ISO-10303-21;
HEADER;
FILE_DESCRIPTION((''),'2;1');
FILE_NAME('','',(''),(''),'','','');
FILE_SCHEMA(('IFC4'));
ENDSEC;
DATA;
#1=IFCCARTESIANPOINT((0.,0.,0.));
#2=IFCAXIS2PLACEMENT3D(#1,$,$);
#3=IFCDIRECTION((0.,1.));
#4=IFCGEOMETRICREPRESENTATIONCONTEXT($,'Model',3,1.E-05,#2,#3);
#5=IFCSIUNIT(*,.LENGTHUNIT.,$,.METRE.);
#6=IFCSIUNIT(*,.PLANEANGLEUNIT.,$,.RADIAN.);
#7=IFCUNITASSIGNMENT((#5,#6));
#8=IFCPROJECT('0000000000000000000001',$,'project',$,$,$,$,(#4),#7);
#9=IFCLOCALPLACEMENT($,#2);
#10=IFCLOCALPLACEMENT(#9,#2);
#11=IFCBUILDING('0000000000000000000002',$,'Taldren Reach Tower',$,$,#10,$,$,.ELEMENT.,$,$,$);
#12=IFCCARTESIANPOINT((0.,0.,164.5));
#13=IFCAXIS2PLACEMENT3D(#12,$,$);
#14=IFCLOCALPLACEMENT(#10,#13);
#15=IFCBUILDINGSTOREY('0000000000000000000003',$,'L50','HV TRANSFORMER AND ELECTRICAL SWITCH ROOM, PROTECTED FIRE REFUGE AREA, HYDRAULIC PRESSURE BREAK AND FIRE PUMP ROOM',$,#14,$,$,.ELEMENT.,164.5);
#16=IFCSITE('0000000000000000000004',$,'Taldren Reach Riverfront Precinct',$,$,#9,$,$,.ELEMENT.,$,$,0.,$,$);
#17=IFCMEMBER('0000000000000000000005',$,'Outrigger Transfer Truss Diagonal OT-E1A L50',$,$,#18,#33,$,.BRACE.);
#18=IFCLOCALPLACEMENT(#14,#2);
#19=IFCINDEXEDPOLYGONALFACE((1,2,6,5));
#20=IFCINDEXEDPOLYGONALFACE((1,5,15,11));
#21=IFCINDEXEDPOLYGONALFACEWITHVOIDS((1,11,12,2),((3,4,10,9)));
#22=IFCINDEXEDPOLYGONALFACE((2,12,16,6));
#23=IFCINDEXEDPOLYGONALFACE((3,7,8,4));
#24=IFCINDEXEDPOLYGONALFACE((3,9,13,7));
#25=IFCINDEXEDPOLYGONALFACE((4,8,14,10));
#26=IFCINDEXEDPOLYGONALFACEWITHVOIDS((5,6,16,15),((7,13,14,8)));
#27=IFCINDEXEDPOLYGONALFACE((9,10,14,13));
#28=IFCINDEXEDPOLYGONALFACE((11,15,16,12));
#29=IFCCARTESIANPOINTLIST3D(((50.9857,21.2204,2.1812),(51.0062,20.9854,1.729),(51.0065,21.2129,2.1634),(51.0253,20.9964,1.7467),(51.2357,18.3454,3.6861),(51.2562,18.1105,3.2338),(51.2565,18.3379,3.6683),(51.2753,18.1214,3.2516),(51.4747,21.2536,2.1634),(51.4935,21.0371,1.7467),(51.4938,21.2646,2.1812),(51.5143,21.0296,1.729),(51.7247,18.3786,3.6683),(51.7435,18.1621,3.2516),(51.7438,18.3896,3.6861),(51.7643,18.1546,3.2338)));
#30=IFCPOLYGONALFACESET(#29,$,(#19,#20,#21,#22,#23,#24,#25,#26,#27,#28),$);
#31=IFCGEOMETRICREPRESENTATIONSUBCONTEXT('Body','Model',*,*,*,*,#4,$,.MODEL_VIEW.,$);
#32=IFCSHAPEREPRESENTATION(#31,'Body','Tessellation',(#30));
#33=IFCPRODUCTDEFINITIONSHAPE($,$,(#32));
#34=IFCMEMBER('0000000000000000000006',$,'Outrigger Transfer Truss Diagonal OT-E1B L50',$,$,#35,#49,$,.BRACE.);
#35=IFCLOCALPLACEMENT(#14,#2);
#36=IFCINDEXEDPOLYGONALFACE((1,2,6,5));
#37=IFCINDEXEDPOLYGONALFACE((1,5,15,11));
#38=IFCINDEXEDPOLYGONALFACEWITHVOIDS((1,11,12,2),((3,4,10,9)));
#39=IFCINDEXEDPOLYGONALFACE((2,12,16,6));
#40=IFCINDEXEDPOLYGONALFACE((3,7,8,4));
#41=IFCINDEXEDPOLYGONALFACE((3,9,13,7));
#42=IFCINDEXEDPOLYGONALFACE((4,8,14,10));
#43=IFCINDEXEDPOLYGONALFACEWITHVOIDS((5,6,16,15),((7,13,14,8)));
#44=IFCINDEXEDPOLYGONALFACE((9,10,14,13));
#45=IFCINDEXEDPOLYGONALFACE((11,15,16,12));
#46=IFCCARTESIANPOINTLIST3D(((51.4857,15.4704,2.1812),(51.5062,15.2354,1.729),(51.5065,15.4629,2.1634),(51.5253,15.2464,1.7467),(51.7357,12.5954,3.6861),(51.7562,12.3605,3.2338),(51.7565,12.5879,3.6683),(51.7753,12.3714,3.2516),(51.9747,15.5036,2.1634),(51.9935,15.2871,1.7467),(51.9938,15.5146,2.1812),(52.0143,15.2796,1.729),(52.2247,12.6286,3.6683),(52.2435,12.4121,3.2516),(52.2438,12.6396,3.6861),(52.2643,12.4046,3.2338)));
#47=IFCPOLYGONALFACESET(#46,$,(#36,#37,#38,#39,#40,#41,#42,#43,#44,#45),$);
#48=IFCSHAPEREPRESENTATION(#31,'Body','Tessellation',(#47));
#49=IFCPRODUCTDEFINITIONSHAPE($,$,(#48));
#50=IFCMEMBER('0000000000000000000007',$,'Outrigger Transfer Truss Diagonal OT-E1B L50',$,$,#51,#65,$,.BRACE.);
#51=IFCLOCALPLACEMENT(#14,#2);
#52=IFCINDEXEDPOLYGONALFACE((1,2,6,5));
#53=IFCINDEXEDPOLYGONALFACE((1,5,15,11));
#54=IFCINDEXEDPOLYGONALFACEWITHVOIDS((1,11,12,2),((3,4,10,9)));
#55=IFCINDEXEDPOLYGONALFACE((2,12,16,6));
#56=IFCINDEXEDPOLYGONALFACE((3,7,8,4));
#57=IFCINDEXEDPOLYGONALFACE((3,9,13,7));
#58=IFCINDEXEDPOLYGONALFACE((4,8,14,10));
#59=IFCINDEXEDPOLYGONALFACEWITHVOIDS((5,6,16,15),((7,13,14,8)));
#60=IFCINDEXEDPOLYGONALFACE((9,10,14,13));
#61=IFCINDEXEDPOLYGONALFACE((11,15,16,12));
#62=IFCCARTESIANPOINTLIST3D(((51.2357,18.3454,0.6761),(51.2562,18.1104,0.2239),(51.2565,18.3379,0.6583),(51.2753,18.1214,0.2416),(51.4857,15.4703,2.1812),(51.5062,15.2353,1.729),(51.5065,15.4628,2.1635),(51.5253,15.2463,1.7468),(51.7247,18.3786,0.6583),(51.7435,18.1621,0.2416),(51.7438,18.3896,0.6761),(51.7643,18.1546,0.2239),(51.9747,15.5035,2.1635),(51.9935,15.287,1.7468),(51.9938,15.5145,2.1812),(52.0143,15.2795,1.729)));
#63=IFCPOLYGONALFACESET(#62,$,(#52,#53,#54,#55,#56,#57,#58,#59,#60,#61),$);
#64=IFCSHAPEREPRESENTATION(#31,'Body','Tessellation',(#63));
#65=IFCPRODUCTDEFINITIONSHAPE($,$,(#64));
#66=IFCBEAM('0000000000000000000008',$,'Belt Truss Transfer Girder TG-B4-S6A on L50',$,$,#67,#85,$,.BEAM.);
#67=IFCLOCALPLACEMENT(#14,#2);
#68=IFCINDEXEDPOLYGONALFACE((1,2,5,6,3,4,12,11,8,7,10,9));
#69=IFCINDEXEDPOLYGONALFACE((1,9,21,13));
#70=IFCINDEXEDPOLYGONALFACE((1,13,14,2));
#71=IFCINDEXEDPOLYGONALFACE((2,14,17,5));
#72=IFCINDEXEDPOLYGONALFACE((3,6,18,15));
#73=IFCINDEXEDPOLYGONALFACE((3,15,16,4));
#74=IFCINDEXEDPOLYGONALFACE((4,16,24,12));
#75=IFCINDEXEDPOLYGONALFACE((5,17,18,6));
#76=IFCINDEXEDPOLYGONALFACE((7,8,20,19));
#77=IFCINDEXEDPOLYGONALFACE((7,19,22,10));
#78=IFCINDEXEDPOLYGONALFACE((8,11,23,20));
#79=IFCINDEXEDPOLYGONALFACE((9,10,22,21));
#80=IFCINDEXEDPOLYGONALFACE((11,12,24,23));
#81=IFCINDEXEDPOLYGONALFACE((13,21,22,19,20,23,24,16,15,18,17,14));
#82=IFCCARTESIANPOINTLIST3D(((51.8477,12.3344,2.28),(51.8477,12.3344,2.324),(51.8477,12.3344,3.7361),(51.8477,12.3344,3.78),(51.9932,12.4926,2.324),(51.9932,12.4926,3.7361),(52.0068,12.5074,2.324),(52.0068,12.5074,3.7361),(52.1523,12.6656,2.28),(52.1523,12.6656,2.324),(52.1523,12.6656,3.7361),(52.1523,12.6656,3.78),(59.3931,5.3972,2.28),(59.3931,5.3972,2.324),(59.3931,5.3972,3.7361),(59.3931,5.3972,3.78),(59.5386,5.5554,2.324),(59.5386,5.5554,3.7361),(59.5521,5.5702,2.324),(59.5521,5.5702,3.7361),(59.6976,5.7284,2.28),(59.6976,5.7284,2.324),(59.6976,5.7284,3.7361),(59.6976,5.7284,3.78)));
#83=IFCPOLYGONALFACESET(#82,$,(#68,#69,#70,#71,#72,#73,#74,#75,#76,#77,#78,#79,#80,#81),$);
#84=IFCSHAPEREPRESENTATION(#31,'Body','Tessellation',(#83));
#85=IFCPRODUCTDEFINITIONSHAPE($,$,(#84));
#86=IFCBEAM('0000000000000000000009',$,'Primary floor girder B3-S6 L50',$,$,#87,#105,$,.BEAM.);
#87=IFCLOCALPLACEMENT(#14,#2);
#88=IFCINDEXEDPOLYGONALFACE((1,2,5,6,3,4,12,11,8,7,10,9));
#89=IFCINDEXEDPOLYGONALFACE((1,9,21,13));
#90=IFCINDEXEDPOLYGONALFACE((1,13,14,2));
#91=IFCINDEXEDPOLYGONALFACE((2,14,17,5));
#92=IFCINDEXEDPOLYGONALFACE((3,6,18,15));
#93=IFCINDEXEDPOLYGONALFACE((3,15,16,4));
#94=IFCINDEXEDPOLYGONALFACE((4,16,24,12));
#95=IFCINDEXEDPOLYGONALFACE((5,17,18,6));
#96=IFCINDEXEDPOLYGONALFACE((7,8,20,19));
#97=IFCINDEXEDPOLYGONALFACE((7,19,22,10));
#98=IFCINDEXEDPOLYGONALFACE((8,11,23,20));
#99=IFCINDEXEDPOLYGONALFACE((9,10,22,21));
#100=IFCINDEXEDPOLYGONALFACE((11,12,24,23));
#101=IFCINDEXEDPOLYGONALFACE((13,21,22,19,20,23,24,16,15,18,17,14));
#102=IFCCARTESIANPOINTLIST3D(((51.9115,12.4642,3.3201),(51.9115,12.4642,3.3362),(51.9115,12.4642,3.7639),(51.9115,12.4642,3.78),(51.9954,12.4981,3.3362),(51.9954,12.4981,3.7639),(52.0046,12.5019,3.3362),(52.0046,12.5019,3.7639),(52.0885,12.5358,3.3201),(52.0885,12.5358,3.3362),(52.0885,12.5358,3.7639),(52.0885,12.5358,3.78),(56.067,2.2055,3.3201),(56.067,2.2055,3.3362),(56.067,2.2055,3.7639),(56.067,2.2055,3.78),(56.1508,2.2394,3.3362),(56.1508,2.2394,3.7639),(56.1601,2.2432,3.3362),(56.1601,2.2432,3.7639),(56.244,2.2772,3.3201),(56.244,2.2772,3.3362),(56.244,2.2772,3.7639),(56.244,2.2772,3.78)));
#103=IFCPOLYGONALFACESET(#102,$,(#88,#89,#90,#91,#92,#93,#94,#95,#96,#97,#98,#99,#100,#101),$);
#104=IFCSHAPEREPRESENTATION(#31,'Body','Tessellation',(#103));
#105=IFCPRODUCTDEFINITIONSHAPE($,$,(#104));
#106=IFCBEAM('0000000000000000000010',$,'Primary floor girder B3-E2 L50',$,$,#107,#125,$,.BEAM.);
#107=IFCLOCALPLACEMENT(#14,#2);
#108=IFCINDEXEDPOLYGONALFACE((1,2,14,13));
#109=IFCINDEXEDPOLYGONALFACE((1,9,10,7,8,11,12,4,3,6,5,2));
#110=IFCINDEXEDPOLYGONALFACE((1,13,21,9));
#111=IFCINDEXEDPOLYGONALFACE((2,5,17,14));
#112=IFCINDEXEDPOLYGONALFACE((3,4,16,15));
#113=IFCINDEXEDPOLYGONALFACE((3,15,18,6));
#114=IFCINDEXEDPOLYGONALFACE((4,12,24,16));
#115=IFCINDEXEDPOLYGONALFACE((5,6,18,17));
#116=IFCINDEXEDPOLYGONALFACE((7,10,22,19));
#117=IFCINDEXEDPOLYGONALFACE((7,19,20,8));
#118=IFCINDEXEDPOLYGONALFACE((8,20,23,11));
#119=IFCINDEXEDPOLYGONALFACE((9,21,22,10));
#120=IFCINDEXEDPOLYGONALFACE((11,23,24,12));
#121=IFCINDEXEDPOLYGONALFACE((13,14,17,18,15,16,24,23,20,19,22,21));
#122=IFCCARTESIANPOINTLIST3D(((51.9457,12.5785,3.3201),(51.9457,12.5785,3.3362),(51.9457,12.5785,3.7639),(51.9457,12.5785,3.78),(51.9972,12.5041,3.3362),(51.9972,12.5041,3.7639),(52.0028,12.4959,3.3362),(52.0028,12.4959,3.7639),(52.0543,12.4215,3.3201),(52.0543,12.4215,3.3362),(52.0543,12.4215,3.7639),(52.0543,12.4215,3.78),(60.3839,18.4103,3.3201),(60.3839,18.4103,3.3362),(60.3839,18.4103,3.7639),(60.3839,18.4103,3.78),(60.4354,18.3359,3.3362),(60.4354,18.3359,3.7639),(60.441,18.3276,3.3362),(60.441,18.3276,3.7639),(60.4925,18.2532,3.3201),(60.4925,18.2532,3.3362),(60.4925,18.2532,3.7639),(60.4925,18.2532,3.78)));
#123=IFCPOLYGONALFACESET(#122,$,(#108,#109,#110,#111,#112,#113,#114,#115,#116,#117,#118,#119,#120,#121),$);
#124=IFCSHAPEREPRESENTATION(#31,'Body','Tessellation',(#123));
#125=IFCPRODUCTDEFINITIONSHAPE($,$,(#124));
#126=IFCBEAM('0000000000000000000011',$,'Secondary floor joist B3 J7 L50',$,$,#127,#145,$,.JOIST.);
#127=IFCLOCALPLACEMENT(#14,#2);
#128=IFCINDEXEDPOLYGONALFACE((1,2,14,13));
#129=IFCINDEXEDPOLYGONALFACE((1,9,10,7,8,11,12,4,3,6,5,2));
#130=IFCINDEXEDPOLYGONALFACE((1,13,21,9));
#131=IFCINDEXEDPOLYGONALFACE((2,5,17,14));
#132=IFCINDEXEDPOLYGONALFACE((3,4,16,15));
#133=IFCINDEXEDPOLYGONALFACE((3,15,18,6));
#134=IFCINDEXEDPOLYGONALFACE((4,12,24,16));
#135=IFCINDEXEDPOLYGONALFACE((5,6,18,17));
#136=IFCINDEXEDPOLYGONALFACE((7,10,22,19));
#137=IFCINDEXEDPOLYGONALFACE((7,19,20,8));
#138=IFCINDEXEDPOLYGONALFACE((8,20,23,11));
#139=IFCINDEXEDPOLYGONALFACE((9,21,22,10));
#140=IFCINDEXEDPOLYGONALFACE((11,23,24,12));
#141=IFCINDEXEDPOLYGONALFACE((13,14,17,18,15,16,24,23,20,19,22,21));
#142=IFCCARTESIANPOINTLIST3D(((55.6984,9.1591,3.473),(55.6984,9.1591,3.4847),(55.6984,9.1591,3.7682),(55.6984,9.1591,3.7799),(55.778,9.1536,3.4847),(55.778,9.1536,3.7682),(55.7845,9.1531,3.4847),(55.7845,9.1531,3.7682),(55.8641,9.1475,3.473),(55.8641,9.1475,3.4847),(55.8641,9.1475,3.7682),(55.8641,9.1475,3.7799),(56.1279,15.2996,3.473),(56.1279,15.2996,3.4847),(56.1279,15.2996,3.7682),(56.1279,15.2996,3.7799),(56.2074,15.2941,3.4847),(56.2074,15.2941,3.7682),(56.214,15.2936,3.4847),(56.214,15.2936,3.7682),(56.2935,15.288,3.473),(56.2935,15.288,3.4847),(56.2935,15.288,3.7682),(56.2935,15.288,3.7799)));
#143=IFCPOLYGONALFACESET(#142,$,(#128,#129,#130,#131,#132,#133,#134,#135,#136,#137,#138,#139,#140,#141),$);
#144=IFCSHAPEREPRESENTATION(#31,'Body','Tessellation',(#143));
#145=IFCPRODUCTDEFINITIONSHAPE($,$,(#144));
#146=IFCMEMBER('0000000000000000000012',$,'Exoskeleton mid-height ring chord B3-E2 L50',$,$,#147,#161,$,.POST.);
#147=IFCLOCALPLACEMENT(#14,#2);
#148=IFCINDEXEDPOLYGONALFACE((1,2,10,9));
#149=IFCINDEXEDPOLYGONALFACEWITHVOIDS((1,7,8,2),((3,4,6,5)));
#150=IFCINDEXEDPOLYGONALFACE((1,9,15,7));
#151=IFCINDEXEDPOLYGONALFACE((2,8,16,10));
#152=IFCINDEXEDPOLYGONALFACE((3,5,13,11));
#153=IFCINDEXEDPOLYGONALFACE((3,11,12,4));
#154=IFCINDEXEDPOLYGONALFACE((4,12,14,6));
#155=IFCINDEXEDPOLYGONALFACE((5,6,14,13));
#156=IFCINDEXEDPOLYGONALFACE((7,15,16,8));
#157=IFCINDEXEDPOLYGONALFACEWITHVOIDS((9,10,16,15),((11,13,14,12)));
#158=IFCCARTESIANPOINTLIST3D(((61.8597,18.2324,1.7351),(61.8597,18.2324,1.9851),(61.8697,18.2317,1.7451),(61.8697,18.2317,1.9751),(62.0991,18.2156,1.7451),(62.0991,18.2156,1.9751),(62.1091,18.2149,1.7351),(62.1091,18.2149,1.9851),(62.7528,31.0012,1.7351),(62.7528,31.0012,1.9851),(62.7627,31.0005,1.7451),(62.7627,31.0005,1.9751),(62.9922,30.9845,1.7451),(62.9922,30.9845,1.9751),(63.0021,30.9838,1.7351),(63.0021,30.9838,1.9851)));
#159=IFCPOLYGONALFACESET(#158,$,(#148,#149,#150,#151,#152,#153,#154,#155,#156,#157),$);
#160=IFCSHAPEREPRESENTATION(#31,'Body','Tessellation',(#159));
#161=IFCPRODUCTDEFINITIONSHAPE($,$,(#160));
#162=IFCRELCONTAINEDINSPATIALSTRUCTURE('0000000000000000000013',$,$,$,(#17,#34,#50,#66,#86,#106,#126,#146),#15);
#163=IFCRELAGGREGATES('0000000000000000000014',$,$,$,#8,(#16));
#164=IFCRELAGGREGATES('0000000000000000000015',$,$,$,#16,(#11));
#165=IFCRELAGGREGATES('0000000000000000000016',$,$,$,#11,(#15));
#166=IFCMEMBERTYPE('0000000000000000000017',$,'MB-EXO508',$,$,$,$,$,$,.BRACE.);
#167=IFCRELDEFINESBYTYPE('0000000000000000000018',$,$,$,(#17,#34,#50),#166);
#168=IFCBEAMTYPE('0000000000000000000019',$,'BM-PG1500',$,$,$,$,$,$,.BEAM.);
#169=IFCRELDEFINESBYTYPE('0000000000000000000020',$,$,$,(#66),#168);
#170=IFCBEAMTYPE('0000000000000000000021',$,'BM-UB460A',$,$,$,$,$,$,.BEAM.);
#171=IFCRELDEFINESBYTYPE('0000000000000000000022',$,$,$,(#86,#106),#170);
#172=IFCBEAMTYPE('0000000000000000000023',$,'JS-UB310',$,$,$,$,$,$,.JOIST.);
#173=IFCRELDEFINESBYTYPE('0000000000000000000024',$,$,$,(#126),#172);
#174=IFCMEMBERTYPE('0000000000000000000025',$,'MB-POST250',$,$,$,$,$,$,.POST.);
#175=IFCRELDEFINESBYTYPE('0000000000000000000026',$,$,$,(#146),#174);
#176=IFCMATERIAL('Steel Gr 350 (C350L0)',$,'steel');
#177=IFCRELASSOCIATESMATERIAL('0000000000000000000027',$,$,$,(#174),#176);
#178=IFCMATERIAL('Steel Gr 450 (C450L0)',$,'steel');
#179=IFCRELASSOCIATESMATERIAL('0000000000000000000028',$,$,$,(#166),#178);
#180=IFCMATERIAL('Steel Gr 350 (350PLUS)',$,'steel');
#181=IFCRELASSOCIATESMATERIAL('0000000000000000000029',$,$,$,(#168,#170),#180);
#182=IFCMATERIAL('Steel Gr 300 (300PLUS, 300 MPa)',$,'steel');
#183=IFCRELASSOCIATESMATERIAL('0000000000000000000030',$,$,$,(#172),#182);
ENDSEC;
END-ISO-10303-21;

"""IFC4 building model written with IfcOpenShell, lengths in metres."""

from ifc_helpers import new_model, si_unit, direction, frame, origin, origin_2d, place, context, subcontext, project, spatial, hollow_rectangle, i_section, extrude, source, transform, mapped, material, material_profile, profile_set, type_object, element, save


model = new_model("IFC4")

# Units and contexts
model_context = context("Model", 3, precision=1e-05, world=origin(), true_north=direction((0.0, 1.0)))
body_context = subcontext(model_context, "Body", "Model", "MODEL_VIEW")
ifc_project = project(units=[si_unit("LENGTHUNIT", "METRE"), si_unit("PLANEANGLEUNIT", "RADIAN")], contexts=[model_context])

# Site, building, storey
site_placement = place(None, origin())
site = spatial("IfcSite", under=ifc_project, at=site_placement, Name="Taldren Reach Riverfront Precinct", CompositionType="ELEMENT", RefElevation=0.0)
building_placement = place(site_placement, origin())
building = spatial("IfcBuilding", under=site, at=building_placement, Name="Taldren Reach Tower", CompositionType="ELEMENT")
storey_placement = place(building_placement, frame((0.0, 0.0, 164.5)))
storey = spatial("IfcBuildingStorey", under=building, at=storey_placement, Name="L50", Description="HV TRANSFORMER AND ELECTRICAL SWITCH ROOM, PROTECTED FIRE REFUGE AREA, HYDRAULIC PRESSURE BREAK AND FIRE PUMP ROOM", CompositionType="ELEMENT", Elevation=164.5)

# Shared definitions
ifc_material_1 = material(Name="Steel Gr 350 (350PLUS)", Category="steel")

# Members
ifc_material_2 = material(Name="Steel Gr 450 (C450L0)", Category="steel")
ifc_material_3 = material(Name="Steel Gr 350 (C350L0)", Category="steel")
ifc_material_profile_1 = material_profile(ifc_material_3, hollow_rectangle(XDim=0.25, YDim=0.25, WallThickness=0.01, at=origin_2d()), Name="250x250x10.0SHS")
ifc_profile_set_1 = profile_set([ifc_material_profile_1], Name="Steel Gr 350 (C350L0)")
member_type_1 = type_object("IfcMemberType", Name="MB-POST250", PredefinedType="POST", material=ifc_profile_set_1)
ifc_material_profile_2 = material_profile(ifc_material_2, hollow_rectangle(XDim=0.51, YDim=0.51, WallThickness=0.02, at=origin_2d()), Name="510x510x20.0SHS")
ifc_profile_set_2 = profile_set([ifc_material_profile_2], Name="Steel Gr 450 (C450L0)")
member_type_2 = type_object("IfcMemberType", Name="MB-EXO508", PredefinedType="BRACE", material=ifc_profile_set_2)
shared_shape_1 = source(origin(), body_context, "Body", "SweptSolid", [
    extrude(hollow_rectangle(XDim=0.51, YDim=0.51, WallThickness=0.02, at=origin_2d()), origin(), (0.0, 0.0, 1.0), 3.2546),
])
for number, where, z_axis, x_axis, name in (
    (1, (51.25, 21.125, 1.9551), (0.076813, -0.883349, 0.462378), (0.996241, 0.08663, 0.0), "Outrigger Transfer Truss Diagonal OT-E1A L50"),
    (2, (51.75, 15.375, 1.9551), (0.076813, -0.883349, 0.462378), (0.996241, 0.08663, 0.0), "Outrigger Transfer Truss Diagonal OT-E1B L50"),
):
    element("IfcMember", number, at=place(storey_placement, frame(where, z_axis=z_axis, x_axis=x_axis)), inside=storey, type_object=member_type_2, Name=name, PredefinedType="BRACE", context=body_context, shape_type="MappedRepresentation", body=[
        mapped(shared_shape_1, transform((0.0, 0.0, 0.0), scale=1.0)),
    ])
shared_shape_2 = source(origin(), body_context, "Body", "SweptSolid", [
    extrude(hollow_rectangle(XDim=0.51, YDim=0.51, WallThickness=0.02, at=origin_2d()), origin(), (0.0, 0.0, 1.0), 3.2549),
])
member_1_placement = place(storey_placement, frame((51.5, 18.25, 0.45), z_axis=(0.07681, -0.883319, 0.462437), x_axis=(0.996241, 0.08663, 0.0)))
element("IfcMember", 3, at=member_1_placement, inside=storey, type_object=member_type_2, Name="Outrigger Transfer Truss Diagonal OT-E1B L50", PredefinedType="BRACE", context=body_context, shape_type="MappedRepresentation", body=[
    mapped(shared_shape_2, transform((0.0, 0.0, 0.0), scale=1.0)),
])

# Beams
ifc_material_profile_3 = material_profile(ifc_material_1, i_section(OverallWidth=0.45, OverallDepth=1.5, WebThickness=0.02, FlangeThickness=0.0439, at=origin_2d()), Name="1500WB550")
ifc_profile_set_3 = profile_set([ifc_material_profile_3], Name="Steel Gr 350 (350PLUS)")
beam_type_1 = type_object("IfcBeamType", Name="BM-PG1500", PredefinedType="BEAM", material=ifc_profile_set_3)
shared_shape_3 = source(origin(), body_context, "Body", "SweptSolid", [
    extrude(i_section(OverallWidth=0.45, OverallDepth=1.5, WebThickness=0.02, FlangeThickness=0.0439, at=origin_2d()), origin(), (0.0, 0.0, 1.0), 10.2498),
])
beam_1_placement = place(storey_placement, frame((52.0, 12.5, 3.03), z_axis=(0.736151, -0.676818, 0.0), x_axis=(0.676818, 0.736151, 0.0)))
element("IfcBeam", 4, at=beam_1_placement, inside=storey, type_object=beam_type_1, Name="Belt Truss Transfer Girder TG-B4-S6A on L50", PredefinedType="BEAM", context=body_context, shape_type="MappedRepresentation", body=[
    mapped(shared_shape_3, transform((0.0, 0.0, 0.0), scale=1.0)),
])
ifc_material_profile_4 = material_profile(ifc_material_1, i_section(OverallWidth=0.1909, OverallDepth=0.46, WebThickness=0.01, FlangeThickness=0.0161, at=origin_2d()), Name="460UB82.1")
ifc_profile_set_4 = profile_set([ifc_material_profile_4], Name="Steel Gr 350 (350PLUS)")
beam_type_2 = type_object("IfcBeamType", Name="BM-UB460A", PredefinedType="BEAM", material=ifc_profile_set_4)
shared_shape_4 = source(origin(), body_context, "Body", "SweptSolid", [
    extrude(i_section(OverallWidth=0.1909, OverallDepth=0.46, WebThickness=0.01, FlangeThickness=0.0161, at=origin_2d()), origin(), (0.0, 0.0, 1.0), 11.0684),
])
beam_2_placement = place(storey_placement, frame((52.0, 12.5, 3.55), z_axis=(0.375437, -0.926848, 0.0), x_axis=(0.926848, 0.375437, 0.0)))
element("IfcBeam", 5, at=beam_2_placement, inside=storey, type_object=beam_type_2, Name="Primary floor girder B3-S6 L50", PredefinedType="BEAM", context=body_context, shape_type="MappedRepresentation", body=[
    mapped(shared_shape_4, transform((0.0, 0.0, 0.0), scale=1.0)),
])
shared_shape_5 = source(origin(), body_context, "Body", "SweptSolid", [
    extrude(i_section(OverallWidth=0.1909, OverallDepth=0.46, WebThickness=0.01, FlangeThickness=0.0161, at=origin_2d()), origin(), (0.0, 0.0, 1.0), 10.2573),
])
beam_3_placement = place(storey_placement, frame((52.0, 12.5, 3.55), z_axis=(0.822651, 0.568546, 0.0), x_axis=(-0.568546, 0.822651, 0.0)))
element("IfcBeam", 6, at=beam_3_placement, inside=storey, type_object=beam_type_2, Name="Primary floor girder B3-E2 L50", PredefinedType="BEAM", context=body_context, shape_type="MappedRepresentation", body=[
    mapped(shared_shape_5, transform((0.0, 0.0, 0.0), scale=1.0)),
])
ifc_material_4 = material(Name="Steel Gr 300 (300PLUS, 300 MPa)", Category="steel")
ifc_material_profile_5 = material_profile(ifc_material_4, i_section(OverallWidth=0.166, OverallDepth=0.3069, WebThickness=0.0066, FlangeThickness=0.0117, at=origin_2d()), Name="310UB46.2")
ifc_profile_set_5 = profile_set([ifc_material_profile_5], Name="Steel Gr 300 (300PLUS, 300 MPa)")
beam_type_3 = type_object("IfcBeamType", Name="JS-UB310", PredefinedType="JOIST", material=ifc_profile_set_5)
shared_shape_6 = source(origin(), body_context, "Body", "SweptSolid", [
    extrude(i_section(OverallWidth=0.166, OverallDepth=0.3069, WebThickness=0.0066, FlangeThickness=0.0117, at=origin_2d()), origin(), (0.0, 0.0, 1.0), 6.1555),
])
beam_4_placement = place(storey_placement, frame((55.7812, 9.1533, 3.6265), z_axis=(0.069764, 0.997563, 0.0), x_axis=(-0.997563, 0.069764, 0.0)))
element("IfcBeam", 7, at=beam_4_placement, inside=storey, type_object=beam_type_3, Name="Secondary floor joist B3 J7 L50", PredefinedType="JOIST", context=body_context, shape_type="MappedRepresentation", body=[
    mapped(shared_shape_6, transform((0.0, 0.0, 0.0), scale=1.0)),
])

# Member
shared_shape_7 = source(origin(), body_context, "Body", "SweptSolid", [
    extrude(hollow_rectangle(XDim=0.25, YDim=0.25, WallThickness=0.01, at=origin_2d()), origin(), (0.0, 0.0, 1.0), 12.8),
])
member_2_placement = place(storey_placement, frame((61.9844, 18.2236, 1.8601), z_axis=(0.069771, 0.997563, 0.0), x_axis=(-0.997563, 0.069771, 0.0)))
element("IfcMember", 8, at=member_2_placement, inside=storey, type_object=member_type_1, Name="Exoskeleton mid-height ring chord B3-E2 L50", PredefinedType="POST", context=body_context, shape_type="MappedRepresentation", body=[
    mapped(shared_shape_7, transform((0.0, 0.0, 0.0), scale=1.0)),
])

save(model, "model.ifc")
